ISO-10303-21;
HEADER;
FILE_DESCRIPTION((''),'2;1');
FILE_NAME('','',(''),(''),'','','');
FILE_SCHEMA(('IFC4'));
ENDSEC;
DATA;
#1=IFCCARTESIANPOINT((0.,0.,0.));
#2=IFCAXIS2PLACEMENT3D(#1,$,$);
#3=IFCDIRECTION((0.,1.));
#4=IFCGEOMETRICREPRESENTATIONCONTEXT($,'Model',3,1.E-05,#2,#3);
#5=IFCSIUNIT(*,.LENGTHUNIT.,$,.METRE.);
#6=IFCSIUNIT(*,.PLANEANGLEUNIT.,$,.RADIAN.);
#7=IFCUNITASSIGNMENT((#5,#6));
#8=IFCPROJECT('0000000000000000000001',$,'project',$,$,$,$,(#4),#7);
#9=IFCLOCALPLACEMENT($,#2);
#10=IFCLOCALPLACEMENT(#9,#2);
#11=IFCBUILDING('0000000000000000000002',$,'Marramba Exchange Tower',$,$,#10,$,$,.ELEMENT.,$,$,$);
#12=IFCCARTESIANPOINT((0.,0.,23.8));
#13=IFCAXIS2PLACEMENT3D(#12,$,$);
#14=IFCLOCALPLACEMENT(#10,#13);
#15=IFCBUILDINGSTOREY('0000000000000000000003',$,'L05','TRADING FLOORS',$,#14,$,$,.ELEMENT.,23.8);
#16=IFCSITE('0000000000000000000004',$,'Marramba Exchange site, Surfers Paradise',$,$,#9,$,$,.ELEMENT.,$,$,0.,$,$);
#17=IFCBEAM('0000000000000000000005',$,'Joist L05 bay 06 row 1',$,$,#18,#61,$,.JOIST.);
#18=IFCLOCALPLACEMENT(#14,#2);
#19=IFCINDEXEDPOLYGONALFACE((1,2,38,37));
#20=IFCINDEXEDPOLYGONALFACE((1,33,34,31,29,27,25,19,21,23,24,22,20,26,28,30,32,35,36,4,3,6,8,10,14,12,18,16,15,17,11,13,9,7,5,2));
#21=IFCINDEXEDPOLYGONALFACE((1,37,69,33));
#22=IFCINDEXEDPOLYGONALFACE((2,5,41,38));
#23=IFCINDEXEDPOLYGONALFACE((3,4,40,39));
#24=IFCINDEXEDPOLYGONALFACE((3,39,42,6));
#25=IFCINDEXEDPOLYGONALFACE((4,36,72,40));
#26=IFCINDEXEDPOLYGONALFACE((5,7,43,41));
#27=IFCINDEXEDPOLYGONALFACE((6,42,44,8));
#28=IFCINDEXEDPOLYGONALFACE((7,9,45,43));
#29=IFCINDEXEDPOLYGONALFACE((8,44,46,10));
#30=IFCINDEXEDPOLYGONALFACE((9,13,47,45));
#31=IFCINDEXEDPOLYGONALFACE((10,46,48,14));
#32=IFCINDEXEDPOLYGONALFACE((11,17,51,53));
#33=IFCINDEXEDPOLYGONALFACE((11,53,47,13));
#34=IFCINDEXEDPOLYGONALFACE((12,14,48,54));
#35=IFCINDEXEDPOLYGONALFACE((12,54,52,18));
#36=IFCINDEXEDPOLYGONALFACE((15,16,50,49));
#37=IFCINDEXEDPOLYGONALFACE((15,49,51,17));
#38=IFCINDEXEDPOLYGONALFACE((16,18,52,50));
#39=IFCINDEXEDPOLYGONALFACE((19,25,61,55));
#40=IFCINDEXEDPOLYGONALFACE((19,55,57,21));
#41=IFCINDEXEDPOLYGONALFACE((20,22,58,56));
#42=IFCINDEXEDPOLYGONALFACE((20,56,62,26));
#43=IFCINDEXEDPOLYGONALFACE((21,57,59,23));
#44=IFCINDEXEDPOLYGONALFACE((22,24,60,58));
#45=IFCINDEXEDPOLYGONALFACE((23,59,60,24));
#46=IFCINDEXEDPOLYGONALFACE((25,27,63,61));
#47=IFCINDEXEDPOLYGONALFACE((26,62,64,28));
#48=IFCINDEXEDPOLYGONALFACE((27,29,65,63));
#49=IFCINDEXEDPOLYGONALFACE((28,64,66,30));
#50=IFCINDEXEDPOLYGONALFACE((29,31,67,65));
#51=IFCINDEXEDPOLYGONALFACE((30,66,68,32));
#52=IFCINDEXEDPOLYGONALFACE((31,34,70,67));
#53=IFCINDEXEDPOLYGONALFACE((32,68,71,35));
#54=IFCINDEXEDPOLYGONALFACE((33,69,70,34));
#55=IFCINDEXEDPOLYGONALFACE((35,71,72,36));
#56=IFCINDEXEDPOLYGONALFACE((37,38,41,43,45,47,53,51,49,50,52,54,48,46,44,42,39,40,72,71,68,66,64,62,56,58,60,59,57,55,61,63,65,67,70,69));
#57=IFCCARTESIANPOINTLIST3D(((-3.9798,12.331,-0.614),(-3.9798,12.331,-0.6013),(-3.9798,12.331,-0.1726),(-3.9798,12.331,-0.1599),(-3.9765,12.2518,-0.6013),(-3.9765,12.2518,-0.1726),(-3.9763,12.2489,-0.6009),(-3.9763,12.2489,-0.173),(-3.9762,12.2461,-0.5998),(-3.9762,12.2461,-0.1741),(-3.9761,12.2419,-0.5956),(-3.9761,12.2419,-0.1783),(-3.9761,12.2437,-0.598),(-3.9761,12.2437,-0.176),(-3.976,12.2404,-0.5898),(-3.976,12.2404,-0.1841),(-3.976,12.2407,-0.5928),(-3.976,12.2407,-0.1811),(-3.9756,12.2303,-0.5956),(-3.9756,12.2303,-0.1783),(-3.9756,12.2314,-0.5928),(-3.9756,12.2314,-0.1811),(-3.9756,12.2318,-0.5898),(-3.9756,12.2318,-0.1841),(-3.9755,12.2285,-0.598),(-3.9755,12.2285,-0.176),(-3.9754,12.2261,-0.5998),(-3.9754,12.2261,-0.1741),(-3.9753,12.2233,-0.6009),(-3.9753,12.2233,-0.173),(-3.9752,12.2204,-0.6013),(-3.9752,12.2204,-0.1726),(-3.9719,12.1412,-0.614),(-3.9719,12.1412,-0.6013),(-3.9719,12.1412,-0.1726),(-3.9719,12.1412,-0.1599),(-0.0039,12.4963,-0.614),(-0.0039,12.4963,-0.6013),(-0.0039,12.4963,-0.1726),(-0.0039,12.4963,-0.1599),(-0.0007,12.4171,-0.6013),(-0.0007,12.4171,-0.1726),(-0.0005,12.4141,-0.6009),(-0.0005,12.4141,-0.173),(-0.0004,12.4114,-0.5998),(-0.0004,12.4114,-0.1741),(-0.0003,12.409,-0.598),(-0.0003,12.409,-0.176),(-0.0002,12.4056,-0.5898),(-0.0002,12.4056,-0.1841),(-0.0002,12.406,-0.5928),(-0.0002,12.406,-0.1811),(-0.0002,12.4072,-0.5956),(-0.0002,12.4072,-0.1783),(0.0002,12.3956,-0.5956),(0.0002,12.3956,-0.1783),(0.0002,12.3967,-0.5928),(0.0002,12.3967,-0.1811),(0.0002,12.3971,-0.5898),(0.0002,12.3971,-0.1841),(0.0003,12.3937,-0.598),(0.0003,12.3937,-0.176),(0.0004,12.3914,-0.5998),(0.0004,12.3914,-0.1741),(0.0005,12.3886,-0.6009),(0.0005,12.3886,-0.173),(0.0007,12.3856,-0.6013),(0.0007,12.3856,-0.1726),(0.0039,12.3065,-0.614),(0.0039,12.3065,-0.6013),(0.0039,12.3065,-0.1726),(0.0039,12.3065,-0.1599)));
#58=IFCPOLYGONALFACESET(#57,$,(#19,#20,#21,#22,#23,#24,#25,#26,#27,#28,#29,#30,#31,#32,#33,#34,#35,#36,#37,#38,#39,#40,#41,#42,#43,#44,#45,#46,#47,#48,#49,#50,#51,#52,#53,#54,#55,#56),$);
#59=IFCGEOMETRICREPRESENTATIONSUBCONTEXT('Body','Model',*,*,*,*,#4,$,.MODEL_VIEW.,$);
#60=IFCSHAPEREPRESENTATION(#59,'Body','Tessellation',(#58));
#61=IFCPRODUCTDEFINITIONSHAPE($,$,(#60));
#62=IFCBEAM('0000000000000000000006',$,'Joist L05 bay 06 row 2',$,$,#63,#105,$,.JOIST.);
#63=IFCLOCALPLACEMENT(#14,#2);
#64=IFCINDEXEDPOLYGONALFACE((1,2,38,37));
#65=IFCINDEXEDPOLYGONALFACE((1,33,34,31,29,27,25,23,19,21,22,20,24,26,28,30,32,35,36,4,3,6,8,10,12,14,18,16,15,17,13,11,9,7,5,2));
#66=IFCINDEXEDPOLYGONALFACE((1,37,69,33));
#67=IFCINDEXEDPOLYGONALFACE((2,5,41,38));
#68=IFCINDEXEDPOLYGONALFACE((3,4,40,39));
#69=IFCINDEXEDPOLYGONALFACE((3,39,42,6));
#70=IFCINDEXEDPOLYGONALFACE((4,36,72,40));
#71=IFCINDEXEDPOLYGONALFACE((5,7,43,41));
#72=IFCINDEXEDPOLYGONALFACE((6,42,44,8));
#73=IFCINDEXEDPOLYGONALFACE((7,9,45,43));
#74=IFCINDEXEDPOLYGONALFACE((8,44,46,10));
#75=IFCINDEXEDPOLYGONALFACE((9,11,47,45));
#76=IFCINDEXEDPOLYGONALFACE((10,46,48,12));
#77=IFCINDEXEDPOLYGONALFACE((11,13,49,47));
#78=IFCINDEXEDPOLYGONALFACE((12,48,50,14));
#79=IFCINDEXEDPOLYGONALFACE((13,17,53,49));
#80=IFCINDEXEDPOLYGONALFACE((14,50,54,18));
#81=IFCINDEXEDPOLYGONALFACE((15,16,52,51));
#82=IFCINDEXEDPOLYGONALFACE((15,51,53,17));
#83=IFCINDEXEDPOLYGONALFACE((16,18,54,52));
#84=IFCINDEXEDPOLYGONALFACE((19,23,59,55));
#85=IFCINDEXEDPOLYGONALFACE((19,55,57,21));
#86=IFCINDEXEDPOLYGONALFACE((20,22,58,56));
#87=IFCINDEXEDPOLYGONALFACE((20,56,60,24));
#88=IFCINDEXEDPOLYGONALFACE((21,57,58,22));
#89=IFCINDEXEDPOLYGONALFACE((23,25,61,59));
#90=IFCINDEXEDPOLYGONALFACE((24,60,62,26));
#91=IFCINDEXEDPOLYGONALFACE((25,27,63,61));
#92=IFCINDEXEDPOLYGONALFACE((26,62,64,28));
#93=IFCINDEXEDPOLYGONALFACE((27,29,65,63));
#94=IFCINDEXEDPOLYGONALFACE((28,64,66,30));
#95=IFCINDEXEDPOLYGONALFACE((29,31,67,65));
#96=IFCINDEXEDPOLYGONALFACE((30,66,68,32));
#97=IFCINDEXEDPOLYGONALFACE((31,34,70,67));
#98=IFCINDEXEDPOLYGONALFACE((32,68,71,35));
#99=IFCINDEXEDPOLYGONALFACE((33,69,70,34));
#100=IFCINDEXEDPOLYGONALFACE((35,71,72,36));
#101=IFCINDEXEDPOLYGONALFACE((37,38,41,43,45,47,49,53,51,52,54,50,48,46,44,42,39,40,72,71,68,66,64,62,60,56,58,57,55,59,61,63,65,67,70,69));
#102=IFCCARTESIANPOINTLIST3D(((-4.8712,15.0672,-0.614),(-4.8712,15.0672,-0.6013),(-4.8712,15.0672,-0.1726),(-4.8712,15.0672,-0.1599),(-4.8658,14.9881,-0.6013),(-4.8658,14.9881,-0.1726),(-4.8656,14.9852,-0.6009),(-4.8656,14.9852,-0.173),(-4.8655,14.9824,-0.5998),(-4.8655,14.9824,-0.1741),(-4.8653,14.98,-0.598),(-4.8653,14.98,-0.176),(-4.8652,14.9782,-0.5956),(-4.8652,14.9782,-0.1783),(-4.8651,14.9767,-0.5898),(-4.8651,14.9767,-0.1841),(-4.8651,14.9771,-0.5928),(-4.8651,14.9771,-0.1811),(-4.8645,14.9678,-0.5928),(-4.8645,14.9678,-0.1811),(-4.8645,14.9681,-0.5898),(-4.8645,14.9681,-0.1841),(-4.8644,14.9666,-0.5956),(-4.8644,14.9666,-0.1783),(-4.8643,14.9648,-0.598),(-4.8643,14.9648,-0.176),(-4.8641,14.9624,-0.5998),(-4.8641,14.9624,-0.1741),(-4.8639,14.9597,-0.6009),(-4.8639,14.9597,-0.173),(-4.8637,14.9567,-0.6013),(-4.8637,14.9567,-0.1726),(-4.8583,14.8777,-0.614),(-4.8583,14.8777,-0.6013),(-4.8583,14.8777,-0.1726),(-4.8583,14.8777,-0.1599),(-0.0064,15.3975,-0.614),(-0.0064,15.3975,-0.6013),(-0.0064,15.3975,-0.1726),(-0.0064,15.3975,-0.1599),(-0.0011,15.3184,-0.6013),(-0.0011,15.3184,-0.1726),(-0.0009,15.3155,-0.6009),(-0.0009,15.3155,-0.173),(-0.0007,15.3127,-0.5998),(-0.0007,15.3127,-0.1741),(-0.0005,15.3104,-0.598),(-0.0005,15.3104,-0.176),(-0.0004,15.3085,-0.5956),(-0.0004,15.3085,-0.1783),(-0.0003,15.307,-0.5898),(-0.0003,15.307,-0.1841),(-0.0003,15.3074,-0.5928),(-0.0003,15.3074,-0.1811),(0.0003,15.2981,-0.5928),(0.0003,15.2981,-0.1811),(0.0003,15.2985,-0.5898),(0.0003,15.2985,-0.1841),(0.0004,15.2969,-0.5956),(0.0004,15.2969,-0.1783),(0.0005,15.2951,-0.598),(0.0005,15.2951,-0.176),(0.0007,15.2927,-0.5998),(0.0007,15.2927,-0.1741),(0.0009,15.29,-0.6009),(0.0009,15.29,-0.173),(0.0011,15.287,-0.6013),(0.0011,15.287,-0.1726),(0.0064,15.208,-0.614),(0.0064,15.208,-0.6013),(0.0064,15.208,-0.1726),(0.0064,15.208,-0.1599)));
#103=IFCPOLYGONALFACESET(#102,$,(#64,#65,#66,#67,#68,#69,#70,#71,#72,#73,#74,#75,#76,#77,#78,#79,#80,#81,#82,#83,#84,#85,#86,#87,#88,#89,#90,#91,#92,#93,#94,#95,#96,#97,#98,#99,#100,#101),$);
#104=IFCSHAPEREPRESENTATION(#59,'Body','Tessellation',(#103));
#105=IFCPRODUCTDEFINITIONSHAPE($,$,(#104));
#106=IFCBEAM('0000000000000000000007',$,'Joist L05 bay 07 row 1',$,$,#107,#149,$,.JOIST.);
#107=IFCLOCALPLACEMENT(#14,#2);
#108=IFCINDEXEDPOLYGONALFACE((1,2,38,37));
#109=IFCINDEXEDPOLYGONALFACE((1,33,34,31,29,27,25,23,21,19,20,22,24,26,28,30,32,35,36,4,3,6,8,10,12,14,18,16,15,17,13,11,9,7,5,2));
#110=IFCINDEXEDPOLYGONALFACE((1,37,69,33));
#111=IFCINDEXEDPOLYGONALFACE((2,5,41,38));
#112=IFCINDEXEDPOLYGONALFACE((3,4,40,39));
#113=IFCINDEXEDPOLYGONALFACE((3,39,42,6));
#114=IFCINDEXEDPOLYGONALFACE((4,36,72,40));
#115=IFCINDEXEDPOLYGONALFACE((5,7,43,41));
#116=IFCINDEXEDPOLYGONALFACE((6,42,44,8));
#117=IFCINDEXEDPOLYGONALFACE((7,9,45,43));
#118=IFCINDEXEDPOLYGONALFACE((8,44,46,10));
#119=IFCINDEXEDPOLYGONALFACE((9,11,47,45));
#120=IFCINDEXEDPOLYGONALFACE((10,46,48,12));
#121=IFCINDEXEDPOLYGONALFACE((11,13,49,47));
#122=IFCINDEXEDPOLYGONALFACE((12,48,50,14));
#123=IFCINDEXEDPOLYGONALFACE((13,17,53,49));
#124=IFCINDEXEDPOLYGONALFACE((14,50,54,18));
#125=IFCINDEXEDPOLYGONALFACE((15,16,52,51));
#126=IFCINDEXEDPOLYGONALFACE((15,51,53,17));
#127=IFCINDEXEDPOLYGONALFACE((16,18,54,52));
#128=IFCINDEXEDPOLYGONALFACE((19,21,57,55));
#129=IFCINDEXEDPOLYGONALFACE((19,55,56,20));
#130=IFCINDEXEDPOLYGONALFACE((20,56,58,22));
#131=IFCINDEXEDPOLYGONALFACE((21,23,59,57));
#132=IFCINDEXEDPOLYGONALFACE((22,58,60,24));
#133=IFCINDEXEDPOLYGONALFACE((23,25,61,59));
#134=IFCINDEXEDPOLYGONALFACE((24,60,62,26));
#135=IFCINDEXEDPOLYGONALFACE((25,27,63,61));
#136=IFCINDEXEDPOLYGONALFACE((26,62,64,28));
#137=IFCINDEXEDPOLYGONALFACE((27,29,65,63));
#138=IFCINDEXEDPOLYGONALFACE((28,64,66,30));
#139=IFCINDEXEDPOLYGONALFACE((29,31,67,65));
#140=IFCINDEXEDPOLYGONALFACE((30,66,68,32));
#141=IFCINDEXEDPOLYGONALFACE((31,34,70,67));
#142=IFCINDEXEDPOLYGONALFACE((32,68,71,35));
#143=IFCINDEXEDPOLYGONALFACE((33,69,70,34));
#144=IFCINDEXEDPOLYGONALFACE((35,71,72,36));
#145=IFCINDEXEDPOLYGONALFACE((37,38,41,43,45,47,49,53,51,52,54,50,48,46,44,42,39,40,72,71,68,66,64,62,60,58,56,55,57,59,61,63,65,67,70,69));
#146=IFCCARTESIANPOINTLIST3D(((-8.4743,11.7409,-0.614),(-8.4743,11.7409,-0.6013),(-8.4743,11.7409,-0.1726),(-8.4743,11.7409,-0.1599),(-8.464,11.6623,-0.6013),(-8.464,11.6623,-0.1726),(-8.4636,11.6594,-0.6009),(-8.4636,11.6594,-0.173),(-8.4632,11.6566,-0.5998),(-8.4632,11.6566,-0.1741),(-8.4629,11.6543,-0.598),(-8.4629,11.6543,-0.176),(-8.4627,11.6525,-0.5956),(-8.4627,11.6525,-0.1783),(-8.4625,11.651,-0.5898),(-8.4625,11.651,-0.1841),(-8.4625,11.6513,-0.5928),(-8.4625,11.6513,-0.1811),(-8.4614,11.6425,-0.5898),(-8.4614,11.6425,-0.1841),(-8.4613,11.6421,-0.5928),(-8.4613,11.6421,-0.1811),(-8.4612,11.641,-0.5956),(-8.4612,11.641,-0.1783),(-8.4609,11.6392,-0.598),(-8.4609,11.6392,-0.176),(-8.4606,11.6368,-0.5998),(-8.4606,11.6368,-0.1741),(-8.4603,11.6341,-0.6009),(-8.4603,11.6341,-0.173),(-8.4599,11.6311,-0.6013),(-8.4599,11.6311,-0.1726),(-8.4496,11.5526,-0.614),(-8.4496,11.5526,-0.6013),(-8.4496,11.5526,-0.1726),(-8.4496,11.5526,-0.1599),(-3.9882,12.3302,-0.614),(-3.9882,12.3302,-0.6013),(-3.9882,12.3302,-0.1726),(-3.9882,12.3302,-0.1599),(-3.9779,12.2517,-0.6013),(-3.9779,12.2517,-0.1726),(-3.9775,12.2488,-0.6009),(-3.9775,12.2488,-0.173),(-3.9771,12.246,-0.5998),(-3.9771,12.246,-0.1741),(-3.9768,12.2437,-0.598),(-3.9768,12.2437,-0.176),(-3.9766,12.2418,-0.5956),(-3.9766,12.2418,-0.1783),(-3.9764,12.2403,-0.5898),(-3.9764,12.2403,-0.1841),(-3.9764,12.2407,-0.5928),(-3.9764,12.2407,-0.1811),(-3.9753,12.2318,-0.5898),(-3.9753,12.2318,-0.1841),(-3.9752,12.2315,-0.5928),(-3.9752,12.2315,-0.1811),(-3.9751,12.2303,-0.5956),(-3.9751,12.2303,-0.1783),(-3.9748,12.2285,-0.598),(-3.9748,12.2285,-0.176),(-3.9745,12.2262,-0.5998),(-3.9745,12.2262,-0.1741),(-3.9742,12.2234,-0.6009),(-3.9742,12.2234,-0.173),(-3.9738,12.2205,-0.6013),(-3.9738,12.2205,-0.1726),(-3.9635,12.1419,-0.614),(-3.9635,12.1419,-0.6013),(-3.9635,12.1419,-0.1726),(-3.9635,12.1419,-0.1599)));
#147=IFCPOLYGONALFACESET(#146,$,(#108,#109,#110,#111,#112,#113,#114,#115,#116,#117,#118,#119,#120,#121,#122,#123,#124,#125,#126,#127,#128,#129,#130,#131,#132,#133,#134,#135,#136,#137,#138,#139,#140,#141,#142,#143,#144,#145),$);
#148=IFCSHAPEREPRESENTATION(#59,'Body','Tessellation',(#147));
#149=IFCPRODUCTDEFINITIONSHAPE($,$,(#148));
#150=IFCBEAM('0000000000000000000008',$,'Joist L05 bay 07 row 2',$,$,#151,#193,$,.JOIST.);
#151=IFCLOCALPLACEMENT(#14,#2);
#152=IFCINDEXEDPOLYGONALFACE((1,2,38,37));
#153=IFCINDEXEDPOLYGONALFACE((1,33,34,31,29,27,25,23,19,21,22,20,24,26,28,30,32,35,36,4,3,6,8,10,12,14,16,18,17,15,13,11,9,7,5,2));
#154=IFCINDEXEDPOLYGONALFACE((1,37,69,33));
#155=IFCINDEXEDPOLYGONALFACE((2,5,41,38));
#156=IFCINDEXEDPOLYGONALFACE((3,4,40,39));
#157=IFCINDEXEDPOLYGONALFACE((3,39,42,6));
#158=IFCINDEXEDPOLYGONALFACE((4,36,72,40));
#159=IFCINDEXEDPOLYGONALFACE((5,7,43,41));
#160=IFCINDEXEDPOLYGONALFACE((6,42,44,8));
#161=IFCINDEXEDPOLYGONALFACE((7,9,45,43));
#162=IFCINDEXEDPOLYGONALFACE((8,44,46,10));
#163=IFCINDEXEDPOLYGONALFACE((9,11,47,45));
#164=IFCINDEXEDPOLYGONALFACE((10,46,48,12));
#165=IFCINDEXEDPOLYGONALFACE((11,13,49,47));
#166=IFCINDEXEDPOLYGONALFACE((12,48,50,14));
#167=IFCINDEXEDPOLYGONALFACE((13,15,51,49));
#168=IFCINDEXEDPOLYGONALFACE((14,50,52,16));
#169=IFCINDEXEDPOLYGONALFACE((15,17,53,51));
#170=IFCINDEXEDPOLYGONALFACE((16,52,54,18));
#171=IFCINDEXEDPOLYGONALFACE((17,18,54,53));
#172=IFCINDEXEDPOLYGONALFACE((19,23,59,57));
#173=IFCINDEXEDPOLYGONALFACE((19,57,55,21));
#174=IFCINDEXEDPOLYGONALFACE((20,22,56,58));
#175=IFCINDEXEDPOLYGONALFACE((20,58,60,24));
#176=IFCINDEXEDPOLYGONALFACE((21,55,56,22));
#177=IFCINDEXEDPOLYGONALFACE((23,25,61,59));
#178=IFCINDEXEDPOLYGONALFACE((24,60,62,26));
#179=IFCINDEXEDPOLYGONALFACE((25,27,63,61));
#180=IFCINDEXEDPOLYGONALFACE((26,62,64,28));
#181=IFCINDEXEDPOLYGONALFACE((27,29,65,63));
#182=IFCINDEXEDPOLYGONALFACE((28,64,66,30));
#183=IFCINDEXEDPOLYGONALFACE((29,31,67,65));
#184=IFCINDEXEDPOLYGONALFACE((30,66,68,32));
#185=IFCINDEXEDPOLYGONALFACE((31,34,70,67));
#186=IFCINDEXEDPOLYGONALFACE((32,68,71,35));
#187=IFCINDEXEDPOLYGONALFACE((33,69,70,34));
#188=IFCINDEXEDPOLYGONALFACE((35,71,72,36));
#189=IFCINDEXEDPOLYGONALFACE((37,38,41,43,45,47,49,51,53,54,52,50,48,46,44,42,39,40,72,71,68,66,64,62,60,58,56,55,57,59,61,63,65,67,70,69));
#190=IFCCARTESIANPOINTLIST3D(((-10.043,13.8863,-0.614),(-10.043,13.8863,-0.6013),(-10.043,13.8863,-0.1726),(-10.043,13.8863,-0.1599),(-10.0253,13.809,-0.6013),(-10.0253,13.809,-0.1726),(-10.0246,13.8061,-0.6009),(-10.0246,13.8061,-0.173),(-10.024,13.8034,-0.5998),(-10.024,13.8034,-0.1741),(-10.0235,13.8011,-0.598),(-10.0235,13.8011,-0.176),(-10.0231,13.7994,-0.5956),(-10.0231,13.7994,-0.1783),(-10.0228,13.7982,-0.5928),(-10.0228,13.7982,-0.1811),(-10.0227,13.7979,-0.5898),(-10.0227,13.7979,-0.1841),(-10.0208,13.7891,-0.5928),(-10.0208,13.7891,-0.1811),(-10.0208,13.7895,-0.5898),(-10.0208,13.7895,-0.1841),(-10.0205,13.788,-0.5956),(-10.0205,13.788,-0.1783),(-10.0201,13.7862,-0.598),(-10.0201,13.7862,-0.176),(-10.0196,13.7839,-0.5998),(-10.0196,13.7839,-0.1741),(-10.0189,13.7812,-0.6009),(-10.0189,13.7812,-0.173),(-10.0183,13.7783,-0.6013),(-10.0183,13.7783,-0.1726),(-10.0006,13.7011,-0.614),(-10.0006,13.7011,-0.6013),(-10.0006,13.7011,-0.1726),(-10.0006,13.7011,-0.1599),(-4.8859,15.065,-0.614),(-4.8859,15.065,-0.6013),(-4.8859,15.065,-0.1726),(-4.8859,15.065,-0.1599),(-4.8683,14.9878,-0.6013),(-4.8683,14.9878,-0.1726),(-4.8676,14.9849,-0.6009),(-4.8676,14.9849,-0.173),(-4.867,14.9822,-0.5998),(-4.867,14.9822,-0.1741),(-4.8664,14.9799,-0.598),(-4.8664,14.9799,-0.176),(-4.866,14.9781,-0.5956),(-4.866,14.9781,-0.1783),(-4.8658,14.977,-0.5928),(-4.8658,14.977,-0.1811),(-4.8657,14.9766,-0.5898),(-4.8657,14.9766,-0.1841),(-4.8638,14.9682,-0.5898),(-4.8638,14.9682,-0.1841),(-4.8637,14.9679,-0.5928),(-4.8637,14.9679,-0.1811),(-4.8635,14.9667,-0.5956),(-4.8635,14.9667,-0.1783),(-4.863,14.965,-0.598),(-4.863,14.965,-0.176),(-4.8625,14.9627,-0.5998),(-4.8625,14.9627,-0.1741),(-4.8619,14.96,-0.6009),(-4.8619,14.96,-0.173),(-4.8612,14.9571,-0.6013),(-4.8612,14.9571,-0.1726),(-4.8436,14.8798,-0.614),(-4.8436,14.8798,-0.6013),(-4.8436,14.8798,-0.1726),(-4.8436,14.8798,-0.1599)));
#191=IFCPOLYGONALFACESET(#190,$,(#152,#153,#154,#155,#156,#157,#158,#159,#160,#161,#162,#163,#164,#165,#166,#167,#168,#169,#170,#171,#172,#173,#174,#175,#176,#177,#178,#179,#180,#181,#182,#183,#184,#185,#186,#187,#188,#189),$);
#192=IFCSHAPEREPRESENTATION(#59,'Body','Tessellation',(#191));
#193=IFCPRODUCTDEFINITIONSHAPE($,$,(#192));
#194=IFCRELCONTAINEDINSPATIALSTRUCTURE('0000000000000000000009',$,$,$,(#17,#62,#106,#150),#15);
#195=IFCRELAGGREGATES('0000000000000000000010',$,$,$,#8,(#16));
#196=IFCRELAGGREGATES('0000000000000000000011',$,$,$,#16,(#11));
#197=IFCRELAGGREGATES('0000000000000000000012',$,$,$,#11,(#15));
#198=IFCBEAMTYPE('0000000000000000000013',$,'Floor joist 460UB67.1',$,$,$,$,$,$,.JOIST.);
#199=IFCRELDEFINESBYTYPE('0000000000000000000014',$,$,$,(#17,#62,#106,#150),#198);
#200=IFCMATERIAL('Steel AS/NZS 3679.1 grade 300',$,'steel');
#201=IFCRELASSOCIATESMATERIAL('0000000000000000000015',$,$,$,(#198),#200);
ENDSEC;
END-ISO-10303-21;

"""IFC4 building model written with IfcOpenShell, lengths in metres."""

from ifc_helpers import new_model, si_unit, direction, frame, origin, origin_2d, place, context, subcontext, project, spatial, i_section, extrude, material, material_profile, profile_set, type_object, element, save


model = new_model("IFC4")

# Units and contexts
model_context = context("Model", 3, precision=1e-05, world=origin(), true_north=direction((0.0, 1.0)))
body_context = subcontext(model_context, "Body", "Model", "MODEL_VIEW")
ifc_project = project(units=[si_unit("LENGTHUNIT", "METRE"), si_unit("PLANEANGLEUNIT", "RADIAN")], contexts=[model_context])

# Site, building, storey
site_placement = place(None, origin())
site = spatial("IfcSite", under=ifc_project, at=site_placement, Name="Marramba Exchange site, Surfers Paradise", CompositionType="ELEMENT", RefElevation=0.0)
building_placement = place(site_placement, origin())
building = spatial("IfcBuilding", under=site, at=building_placement, Name="Marramba Exchange Tower", CompositionType="ELEMENT")
storey_placement = place(building_placement, frame((0.0, 0.0, 23.8)))
storey = spatial("IfcBuildingStorey", under=building, at=storey_placement, Name="L05", Description="TRADING FLOORS", CompositionType="ELEMENT", Elevation=23.8)

# Beams
ifc_material_1 = material(Name="Steel AS/NZS 3679.1 grade 300", Category="steel")
ifc_material_profile_1 = material_profile(ifc_material_1, i_section(OverallWidth=0.1899, OverallDepth=0.4541, WebThickness=0.0085, FlangeThickness=0.0127, FilletRadius=0.0115, at=origin_2d()), Name="460UB67.1")
ifc_profile_set_1 = profile_set([ifc_material_profile_1], Name="Steel AS/NZS 3679.1 grade 300")
beam_type_1 = type_object("IfcBeamType", Name="Floor joist 460UB67.1", PredefinedType="JOIST", material=ifc_profile_set_1)
beam_1_placement = place(storey_placement, frame((0.0, 12.4014, -0.387), z_axis=(-0.999137, -0.041536, 0.0), x_axis=(0.041536, -0.999137, 0.0)))
element("IfcBeam", 1, at=beam_1_placement, inside=storey, type_object=beam_type_1, Name="Joist L05 bay 06 row 1", PredefinedType="JOIST", context=body_context, shape_type="SweptSolid", body=[
    extrude(i_section(OverallWidth=0.1899, OverallDepth=0.4541, WebThickness=0.0085, FlangeThickness=0.0127, FilletRadius=0.0115, at=origin_2d()), origin(), (0.0, 0.0, 1.0), 3.9792),
])
beam_2_placement = place(storey_placement, frame((0.0, 15.3027, -0.387), z_axis=(-0.997703, -0.067745, 0.0), x_axis=(0.067745, -0.997703, 0.0)))
element("IfcBeam", 2, at=beam_2_placement, inside=storey, type_object=beam_type_1, Name="Joist L05 bay 06 row 2", PredefinedType="JOIST", context=body_context, shape_type="SweptSolid", body=[
    extrude(i_section(OverallWidth=0.1899, OverallDepth=0.4541, WebThickness=0.0085, FlangeThickness=0.0127, FilletRadius=0.0115, at=origin_2d()), origin(), (0.0, 0.0, 1.0), 4.876),
])
beam_3_placement = place(storey_placement, frame((-3.9758, 12.2361, -0.387), z_axis=(-0.991481, -0.130255, 0.0), x_axis=(0.130255, -0.991481, 0.0)))
element("IfcBeam", 3, at=beam_3_placement, inside=storey, type_object=beam_type_1, Name="Joist L05 bay 07 row 1", PredefinedType="JOIST", context=body_context, shape_type="SweptSolid", body=[
    extrude(i_section(OverallWidth=0.1899, OverallDepth=0.4541, WebThickness=0.0085, FlangeThickness=0.0127, FilletRadius=0.0115, at=origin_2d()), origin(), (0.0, 0.0, 1.0), 4.5247),
])
beam_4_placement = place(storey_placement, frame((-4.8647, 14.9724, -0.387), z_axis=(-0.97486, -0.22282, 0.0), x_axis=(0.22282, -0.97486, 0.0)))
element("IfcBeam", 4, at=beam_4_placement, inside=storey, type_object=beam_type_1, Name="Joist L05 bay 07 row 2", PredefinedType="JOIST", context=body_context, shape_type="SweptSolid", body=[
    extrude(i_section(OverallWidth=0.1899, OverallDepth=0.4541, WebThickness=0.0085, FlangeThickness=0.0127, FilletRadius=0.0115, at=origin_2d()), origin(), (0.0, 0.0, 1.0), 5.29),
])

save(model, "model.ifc")
